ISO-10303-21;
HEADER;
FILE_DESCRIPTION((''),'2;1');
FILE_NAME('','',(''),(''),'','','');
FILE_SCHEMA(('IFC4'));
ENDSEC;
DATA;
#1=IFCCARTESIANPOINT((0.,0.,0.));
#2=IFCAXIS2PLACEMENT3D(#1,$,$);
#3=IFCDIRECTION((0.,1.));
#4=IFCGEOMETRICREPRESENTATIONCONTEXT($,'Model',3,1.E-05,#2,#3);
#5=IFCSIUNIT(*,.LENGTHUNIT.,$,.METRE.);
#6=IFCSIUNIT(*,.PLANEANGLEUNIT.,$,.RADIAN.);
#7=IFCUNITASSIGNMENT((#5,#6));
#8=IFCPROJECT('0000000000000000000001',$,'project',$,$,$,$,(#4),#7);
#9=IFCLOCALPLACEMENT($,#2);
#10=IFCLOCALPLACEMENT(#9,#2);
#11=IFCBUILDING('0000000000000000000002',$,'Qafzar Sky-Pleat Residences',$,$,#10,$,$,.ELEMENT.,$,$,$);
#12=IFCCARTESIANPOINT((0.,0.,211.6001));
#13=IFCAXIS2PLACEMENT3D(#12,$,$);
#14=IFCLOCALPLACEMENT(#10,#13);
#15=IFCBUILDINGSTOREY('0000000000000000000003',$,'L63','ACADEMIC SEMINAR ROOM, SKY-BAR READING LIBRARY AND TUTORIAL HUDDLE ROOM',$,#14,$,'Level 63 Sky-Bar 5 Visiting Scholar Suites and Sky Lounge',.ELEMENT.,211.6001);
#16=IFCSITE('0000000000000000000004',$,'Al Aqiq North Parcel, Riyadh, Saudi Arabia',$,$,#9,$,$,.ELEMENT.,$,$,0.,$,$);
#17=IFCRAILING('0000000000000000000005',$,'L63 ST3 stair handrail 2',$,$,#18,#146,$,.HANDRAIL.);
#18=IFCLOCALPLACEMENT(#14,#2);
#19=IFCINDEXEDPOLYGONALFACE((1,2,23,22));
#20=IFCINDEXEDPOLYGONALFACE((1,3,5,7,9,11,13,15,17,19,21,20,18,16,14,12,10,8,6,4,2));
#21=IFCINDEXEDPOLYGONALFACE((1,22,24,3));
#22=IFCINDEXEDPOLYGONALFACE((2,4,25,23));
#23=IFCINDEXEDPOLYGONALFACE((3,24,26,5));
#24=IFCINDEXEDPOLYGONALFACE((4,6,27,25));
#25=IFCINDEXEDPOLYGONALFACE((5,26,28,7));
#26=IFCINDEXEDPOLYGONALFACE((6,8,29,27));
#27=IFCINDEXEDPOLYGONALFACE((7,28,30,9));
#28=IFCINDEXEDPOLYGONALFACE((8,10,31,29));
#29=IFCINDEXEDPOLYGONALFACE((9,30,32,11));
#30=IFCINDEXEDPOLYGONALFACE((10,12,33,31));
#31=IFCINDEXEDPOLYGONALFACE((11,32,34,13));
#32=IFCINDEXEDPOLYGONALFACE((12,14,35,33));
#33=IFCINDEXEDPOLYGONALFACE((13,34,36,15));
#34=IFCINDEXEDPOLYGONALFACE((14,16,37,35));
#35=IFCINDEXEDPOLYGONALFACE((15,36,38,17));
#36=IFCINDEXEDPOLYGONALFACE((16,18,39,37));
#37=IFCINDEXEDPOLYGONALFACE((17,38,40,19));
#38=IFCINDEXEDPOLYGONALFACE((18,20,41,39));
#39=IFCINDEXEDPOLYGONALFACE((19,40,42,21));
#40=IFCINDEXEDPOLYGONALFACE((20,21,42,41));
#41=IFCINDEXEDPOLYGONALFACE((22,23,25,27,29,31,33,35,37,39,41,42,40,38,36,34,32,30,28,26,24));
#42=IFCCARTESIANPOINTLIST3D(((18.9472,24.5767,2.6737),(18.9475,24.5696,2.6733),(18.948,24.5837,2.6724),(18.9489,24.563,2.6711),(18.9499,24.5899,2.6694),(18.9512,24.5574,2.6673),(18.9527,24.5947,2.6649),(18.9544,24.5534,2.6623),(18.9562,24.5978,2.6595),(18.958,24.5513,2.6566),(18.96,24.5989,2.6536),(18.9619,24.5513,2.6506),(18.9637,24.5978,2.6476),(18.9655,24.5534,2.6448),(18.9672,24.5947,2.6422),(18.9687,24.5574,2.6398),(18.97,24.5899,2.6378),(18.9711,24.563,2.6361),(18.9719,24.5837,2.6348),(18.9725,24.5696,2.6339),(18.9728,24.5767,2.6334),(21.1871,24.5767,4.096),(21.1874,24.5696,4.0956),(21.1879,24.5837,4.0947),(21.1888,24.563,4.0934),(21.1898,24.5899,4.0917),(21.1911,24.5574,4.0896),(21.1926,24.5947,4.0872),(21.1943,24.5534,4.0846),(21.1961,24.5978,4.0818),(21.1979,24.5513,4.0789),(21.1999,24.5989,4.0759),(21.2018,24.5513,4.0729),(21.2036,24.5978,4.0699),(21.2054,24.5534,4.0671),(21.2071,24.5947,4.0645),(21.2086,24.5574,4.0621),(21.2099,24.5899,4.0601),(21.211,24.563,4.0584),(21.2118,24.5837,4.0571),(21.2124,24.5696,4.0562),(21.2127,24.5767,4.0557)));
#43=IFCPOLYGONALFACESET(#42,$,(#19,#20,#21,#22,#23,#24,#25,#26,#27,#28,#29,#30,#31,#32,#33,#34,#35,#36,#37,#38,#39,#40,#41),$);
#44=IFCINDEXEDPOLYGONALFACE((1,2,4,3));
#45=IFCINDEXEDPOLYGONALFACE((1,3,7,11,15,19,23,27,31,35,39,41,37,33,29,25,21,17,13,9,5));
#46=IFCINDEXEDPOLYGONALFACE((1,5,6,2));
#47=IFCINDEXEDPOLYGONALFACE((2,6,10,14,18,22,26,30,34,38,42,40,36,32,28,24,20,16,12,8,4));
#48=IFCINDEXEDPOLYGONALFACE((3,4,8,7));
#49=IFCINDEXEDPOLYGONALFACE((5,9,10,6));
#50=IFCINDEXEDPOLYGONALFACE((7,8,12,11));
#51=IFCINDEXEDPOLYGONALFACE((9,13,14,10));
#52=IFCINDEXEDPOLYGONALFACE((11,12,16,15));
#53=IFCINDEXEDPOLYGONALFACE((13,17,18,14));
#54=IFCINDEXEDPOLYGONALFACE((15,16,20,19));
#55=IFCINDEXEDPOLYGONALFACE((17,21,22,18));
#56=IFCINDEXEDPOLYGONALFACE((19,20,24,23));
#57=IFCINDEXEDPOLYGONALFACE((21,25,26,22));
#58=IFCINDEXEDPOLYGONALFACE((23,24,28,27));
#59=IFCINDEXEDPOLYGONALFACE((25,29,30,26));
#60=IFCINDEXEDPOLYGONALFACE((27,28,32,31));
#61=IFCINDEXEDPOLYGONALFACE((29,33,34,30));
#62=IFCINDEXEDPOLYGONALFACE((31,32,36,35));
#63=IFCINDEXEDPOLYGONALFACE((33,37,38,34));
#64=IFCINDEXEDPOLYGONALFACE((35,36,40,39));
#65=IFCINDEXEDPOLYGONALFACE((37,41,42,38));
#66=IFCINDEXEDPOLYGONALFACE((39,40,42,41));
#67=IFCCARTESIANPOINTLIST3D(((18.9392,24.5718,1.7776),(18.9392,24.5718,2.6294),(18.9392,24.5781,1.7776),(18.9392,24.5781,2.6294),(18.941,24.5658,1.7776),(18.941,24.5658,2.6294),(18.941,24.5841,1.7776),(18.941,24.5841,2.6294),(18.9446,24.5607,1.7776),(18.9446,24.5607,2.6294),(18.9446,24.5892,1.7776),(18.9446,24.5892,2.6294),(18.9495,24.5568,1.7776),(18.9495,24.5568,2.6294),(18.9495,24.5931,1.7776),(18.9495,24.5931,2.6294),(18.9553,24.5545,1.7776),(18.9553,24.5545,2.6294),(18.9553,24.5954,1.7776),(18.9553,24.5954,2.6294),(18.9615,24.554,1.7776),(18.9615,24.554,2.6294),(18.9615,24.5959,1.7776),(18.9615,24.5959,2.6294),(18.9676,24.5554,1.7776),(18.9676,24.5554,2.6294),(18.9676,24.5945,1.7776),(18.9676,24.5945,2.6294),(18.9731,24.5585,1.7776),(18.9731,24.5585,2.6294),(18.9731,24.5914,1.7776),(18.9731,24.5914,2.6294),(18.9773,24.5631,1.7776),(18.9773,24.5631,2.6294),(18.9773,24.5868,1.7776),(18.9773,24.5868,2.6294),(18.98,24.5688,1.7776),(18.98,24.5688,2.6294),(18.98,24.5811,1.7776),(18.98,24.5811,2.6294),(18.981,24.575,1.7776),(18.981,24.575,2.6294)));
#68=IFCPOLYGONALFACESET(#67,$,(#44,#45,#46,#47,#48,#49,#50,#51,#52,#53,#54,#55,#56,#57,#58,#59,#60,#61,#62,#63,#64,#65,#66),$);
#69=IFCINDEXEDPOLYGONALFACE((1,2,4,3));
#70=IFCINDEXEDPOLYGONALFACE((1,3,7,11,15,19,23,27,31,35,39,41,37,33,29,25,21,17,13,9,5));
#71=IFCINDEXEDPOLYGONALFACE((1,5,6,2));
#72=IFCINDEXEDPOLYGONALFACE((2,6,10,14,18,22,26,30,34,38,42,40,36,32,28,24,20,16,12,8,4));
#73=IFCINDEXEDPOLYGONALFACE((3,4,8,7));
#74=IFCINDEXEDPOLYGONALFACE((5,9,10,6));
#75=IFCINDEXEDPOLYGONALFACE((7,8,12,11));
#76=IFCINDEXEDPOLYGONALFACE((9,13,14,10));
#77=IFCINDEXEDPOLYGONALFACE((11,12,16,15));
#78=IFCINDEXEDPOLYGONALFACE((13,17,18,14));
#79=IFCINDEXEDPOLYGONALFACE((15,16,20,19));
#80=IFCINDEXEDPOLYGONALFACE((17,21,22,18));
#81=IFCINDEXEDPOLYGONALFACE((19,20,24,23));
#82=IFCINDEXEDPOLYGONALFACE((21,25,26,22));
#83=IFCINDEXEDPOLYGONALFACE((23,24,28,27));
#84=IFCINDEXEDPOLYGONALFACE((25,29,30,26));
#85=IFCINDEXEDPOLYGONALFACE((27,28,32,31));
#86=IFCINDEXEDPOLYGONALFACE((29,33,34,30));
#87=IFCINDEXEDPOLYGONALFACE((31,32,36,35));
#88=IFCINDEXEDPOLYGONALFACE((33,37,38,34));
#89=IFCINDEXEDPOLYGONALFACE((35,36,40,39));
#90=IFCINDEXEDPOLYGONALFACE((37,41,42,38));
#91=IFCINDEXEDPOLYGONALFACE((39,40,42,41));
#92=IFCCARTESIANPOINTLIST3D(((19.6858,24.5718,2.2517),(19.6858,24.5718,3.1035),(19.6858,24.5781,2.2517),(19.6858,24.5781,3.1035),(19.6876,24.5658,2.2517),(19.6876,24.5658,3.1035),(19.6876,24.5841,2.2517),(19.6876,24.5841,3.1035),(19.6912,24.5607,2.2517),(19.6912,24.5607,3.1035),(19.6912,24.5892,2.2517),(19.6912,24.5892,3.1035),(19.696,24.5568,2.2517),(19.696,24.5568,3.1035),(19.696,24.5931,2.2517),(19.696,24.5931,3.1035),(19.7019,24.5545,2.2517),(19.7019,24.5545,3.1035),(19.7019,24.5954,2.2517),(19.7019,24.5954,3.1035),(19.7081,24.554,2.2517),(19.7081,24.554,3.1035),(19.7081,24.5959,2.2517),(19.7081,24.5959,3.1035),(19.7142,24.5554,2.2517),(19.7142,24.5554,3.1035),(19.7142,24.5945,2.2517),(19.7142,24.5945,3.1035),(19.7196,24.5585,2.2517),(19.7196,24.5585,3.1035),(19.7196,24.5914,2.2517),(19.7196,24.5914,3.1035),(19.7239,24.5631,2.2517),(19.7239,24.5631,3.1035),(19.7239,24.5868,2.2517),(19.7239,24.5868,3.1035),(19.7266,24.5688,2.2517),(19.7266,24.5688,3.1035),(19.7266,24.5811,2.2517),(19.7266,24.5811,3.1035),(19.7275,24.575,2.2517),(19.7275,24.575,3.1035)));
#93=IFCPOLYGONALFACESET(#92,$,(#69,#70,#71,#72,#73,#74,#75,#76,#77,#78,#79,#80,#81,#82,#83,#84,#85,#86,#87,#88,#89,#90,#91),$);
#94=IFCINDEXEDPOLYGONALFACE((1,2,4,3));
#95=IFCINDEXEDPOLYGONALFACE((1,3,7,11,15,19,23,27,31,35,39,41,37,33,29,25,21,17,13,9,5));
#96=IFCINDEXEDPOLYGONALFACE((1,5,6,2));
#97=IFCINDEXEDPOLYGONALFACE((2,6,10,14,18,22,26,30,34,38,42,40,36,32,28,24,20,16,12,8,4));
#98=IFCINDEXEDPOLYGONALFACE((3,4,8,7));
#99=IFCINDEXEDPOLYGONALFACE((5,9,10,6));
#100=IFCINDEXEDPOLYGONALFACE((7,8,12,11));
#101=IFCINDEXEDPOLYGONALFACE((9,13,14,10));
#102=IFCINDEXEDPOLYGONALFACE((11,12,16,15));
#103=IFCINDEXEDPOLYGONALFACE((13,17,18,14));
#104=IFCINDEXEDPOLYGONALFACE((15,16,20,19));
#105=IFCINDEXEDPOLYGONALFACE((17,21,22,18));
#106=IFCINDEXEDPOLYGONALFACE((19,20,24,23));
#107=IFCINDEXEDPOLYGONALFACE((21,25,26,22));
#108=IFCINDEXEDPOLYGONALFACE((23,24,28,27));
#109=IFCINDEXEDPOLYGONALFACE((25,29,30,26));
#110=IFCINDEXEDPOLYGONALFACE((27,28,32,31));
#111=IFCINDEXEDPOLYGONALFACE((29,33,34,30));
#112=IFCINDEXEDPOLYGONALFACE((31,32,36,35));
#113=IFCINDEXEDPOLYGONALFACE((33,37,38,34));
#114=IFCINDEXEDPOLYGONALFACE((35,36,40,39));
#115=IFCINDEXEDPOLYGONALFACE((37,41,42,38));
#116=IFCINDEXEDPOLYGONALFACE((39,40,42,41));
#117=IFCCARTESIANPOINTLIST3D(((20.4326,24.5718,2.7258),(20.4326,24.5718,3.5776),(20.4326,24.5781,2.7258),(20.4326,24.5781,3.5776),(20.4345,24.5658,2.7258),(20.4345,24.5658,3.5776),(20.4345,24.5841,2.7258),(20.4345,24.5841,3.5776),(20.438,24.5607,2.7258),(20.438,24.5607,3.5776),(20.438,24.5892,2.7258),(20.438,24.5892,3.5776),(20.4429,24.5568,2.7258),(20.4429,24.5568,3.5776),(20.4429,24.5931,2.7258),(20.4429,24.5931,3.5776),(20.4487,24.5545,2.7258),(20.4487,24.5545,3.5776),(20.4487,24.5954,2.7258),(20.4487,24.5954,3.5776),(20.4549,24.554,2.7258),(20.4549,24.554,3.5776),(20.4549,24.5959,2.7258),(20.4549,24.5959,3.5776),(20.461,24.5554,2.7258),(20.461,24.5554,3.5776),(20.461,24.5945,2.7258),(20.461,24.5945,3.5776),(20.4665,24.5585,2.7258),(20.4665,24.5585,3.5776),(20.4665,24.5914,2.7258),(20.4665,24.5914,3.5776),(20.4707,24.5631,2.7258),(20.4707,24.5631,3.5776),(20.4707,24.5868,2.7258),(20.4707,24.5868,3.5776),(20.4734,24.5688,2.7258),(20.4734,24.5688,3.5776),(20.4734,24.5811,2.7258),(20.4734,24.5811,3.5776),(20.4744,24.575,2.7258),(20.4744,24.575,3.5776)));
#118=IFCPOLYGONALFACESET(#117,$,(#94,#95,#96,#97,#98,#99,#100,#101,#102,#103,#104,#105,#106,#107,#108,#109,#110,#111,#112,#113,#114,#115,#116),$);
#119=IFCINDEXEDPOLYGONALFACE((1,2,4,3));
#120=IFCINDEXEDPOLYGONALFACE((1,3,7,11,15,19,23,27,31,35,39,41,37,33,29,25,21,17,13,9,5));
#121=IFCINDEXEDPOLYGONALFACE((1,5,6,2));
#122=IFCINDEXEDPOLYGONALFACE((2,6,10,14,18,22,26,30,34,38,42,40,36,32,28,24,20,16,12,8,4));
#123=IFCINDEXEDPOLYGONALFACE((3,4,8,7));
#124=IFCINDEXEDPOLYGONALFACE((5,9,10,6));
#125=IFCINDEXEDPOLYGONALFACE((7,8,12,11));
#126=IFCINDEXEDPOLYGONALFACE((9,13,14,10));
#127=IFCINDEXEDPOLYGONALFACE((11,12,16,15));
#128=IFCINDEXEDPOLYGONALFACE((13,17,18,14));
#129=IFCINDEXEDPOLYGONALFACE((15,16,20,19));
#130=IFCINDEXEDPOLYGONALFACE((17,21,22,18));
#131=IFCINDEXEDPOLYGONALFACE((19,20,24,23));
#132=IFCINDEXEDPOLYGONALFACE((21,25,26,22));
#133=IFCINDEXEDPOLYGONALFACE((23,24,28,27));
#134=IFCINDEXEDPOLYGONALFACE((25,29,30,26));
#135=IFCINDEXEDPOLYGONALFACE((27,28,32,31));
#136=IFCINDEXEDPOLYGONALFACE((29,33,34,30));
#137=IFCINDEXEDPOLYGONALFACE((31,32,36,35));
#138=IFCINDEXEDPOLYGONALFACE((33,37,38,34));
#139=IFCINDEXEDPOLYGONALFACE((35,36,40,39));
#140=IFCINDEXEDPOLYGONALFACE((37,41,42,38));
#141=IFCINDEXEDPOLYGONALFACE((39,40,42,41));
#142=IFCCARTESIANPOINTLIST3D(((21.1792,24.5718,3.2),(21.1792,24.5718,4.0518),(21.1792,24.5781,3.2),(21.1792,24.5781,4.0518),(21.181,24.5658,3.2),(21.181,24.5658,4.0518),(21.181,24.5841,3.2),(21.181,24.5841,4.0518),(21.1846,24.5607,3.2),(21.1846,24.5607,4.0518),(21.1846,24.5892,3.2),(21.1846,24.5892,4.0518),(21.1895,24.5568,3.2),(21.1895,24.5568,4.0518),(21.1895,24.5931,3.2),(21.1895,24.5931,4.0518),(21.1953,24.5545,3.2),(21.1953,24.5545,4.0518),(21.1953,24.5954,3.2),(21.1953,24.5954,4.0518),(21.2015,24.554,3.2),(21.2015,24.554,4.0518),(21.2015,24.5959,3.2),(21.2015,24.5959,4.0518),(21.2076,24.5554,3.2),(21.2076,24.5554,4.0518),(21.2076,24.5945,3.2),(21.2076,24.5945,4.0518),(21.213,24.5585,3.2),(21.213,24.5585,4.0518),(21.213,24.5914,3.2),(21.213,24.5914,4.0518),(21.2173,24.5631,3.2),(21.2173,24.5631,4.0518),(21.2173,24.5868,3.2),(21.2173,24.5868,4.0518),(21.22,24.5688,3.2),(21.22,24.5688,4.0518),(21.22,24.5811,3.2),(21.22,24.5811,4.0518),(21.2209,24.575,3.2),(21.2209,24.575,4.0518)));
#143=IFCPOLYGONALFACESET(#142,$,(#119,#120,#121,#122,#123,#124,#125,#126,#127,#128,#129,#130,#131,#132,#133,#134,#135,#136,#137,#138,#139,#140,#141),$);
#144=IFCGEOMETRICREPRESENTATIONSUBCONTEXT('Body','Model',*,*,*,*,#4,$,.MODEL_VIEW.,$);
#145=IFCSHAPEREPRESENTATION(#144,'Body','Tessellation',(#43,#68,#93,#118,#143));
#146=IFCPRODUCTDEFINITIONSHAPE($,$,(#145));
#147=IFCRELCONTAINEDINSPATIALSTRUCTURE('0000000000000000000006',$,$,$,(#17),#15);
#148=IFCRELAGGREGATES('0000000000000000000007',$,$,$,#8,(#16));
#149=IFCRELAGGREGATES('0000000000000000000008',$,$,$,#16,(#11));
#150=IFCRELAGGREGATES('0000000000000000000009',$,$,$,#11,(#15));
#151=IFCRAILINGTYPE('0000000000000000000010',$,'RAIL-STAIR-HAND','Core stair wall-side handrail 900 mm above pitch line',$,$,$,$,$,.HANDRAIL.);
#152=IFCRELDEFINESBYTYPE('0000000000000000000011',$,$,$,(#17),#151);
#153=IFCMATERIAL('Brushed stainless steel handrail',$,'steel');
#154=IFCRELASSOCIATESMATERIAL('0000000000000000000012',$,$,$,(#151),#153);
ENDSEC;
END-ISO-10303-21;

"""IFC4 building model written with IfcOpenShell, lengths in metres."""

from ifc_helpers import new_model, si_unit, direction, frame, origin, origin_2d, place, context, subcontext, project, spatial, circle, extrude, source, transform, mapped, material, type_object, element, save


model = new_model("IFC4")

# Units and contexts
model_context = context("Model", 3, precision=1e-05, world=origin(), true_north=direction((0.0, 1.0)))
body_context = subcontext(model_context, "Body", "Model", "MODEL_VIEW")
ifc_project = project(units=[si_unit("LENGTHUNIT", "METRE"), si_unit("PLANEANGLEUNIT", "RADIAN")], contexts=[model_context])

# Site, building, storey
site_placement = place(None, origin())
site = spatial("IfcSite", under=ifc_project, at=site_placement, Name="Al Aqiq North Parcel, Riyadh, Saudi Arabia", CompositionType="ELEMENT", RefElevation=0.0)
building_placement = place(site_placement, origin())
building = spatial("IfcBuilding", under=site, at=building_placement, Name="Qafzar Sky-Pleat Residences", CompositionType="ELEMENT")
storey_placement = place(building_placement, frame((0.0, 0.0, 211.6001)))
storey = spatial("IfcBuildingStorey", under=building, at=storey_placement, Name="L63", Description="ACADEMIC SEMINAR ROOM, SKY-BAR READING LIBRARY AND TUTORIAL HUDDLE ROOM", LongName="Level 63 Sky-Bar 5 Visiting Scholar Suites and Sky Lounge", CompositionType="ELEMENT", Elevation=211.6001)

# Railing
ifc_material_1 = material(Name="Brushed stainless steel handrail", Category="steel")
railing_type_1 = type_object("IfcRailingType", Name="RAIL-STAIR-HAND", Description="Core stair wall-side handrail 900 mm above pitch line", PredefinedType="HANDRAIL", material=ifc_material_1)
shared_shape_1 = source(origin(), body_context, "Body", "SweptSolid", [
    extrude(circle(Radius=0.0239, at=origin_2d()), frame((0.0, 0.0, 0.876), z_axis=(0.844188, 0.0, 0.536048), x_axis=(0.0, 1.0, 0.0)), (0.0, 0.0, 1.0), 2.6533),
    extrude(circle(Radius=0.021, at=origin_2d()), origin(), (0.0, 0.0, 1.0), 0.8518),
    extrude(circle(Radius=0.021, at=origin_2d()), frame((0.7466, 0.0, 0.4741)), (0.0, 0.0, 1.0), 0.8518),
    extrude(circle(Radius=0.021, at=origin_2d()), frame((1.4934, 0.0, 0.9482)), (0.0, 0.0, 1.0), 0.8518),
    extrude(circle(Radius=0.021, at=origin_2d()), frame((2.24, 0.0, 1.4224)), (0.0, 0.0, 1.0), 0.8518),
])
railing_1_placement = place(storey_placement, frame((18.96, 24.575, 1.7776)))
element("IfcRailing", 1, at=railing_1_placement, inside=storey, type_object=railing_type_1, Name="L63 ST3 stair handrail 2", PredefinedType="HANDRAIL", context=body_context, shape_type="MappedRepresentation", body=[
    mapped(shared_shape_1, transform((0.0, 0.0, 0.0), x_axis=(1.0, 0.0, 0.0), y_axis=(0.0, 1.0, 0.0), z_axis=(0.0, 0.0, 1.0), scale=1.0)),
])

save(model, "model.ifc")
